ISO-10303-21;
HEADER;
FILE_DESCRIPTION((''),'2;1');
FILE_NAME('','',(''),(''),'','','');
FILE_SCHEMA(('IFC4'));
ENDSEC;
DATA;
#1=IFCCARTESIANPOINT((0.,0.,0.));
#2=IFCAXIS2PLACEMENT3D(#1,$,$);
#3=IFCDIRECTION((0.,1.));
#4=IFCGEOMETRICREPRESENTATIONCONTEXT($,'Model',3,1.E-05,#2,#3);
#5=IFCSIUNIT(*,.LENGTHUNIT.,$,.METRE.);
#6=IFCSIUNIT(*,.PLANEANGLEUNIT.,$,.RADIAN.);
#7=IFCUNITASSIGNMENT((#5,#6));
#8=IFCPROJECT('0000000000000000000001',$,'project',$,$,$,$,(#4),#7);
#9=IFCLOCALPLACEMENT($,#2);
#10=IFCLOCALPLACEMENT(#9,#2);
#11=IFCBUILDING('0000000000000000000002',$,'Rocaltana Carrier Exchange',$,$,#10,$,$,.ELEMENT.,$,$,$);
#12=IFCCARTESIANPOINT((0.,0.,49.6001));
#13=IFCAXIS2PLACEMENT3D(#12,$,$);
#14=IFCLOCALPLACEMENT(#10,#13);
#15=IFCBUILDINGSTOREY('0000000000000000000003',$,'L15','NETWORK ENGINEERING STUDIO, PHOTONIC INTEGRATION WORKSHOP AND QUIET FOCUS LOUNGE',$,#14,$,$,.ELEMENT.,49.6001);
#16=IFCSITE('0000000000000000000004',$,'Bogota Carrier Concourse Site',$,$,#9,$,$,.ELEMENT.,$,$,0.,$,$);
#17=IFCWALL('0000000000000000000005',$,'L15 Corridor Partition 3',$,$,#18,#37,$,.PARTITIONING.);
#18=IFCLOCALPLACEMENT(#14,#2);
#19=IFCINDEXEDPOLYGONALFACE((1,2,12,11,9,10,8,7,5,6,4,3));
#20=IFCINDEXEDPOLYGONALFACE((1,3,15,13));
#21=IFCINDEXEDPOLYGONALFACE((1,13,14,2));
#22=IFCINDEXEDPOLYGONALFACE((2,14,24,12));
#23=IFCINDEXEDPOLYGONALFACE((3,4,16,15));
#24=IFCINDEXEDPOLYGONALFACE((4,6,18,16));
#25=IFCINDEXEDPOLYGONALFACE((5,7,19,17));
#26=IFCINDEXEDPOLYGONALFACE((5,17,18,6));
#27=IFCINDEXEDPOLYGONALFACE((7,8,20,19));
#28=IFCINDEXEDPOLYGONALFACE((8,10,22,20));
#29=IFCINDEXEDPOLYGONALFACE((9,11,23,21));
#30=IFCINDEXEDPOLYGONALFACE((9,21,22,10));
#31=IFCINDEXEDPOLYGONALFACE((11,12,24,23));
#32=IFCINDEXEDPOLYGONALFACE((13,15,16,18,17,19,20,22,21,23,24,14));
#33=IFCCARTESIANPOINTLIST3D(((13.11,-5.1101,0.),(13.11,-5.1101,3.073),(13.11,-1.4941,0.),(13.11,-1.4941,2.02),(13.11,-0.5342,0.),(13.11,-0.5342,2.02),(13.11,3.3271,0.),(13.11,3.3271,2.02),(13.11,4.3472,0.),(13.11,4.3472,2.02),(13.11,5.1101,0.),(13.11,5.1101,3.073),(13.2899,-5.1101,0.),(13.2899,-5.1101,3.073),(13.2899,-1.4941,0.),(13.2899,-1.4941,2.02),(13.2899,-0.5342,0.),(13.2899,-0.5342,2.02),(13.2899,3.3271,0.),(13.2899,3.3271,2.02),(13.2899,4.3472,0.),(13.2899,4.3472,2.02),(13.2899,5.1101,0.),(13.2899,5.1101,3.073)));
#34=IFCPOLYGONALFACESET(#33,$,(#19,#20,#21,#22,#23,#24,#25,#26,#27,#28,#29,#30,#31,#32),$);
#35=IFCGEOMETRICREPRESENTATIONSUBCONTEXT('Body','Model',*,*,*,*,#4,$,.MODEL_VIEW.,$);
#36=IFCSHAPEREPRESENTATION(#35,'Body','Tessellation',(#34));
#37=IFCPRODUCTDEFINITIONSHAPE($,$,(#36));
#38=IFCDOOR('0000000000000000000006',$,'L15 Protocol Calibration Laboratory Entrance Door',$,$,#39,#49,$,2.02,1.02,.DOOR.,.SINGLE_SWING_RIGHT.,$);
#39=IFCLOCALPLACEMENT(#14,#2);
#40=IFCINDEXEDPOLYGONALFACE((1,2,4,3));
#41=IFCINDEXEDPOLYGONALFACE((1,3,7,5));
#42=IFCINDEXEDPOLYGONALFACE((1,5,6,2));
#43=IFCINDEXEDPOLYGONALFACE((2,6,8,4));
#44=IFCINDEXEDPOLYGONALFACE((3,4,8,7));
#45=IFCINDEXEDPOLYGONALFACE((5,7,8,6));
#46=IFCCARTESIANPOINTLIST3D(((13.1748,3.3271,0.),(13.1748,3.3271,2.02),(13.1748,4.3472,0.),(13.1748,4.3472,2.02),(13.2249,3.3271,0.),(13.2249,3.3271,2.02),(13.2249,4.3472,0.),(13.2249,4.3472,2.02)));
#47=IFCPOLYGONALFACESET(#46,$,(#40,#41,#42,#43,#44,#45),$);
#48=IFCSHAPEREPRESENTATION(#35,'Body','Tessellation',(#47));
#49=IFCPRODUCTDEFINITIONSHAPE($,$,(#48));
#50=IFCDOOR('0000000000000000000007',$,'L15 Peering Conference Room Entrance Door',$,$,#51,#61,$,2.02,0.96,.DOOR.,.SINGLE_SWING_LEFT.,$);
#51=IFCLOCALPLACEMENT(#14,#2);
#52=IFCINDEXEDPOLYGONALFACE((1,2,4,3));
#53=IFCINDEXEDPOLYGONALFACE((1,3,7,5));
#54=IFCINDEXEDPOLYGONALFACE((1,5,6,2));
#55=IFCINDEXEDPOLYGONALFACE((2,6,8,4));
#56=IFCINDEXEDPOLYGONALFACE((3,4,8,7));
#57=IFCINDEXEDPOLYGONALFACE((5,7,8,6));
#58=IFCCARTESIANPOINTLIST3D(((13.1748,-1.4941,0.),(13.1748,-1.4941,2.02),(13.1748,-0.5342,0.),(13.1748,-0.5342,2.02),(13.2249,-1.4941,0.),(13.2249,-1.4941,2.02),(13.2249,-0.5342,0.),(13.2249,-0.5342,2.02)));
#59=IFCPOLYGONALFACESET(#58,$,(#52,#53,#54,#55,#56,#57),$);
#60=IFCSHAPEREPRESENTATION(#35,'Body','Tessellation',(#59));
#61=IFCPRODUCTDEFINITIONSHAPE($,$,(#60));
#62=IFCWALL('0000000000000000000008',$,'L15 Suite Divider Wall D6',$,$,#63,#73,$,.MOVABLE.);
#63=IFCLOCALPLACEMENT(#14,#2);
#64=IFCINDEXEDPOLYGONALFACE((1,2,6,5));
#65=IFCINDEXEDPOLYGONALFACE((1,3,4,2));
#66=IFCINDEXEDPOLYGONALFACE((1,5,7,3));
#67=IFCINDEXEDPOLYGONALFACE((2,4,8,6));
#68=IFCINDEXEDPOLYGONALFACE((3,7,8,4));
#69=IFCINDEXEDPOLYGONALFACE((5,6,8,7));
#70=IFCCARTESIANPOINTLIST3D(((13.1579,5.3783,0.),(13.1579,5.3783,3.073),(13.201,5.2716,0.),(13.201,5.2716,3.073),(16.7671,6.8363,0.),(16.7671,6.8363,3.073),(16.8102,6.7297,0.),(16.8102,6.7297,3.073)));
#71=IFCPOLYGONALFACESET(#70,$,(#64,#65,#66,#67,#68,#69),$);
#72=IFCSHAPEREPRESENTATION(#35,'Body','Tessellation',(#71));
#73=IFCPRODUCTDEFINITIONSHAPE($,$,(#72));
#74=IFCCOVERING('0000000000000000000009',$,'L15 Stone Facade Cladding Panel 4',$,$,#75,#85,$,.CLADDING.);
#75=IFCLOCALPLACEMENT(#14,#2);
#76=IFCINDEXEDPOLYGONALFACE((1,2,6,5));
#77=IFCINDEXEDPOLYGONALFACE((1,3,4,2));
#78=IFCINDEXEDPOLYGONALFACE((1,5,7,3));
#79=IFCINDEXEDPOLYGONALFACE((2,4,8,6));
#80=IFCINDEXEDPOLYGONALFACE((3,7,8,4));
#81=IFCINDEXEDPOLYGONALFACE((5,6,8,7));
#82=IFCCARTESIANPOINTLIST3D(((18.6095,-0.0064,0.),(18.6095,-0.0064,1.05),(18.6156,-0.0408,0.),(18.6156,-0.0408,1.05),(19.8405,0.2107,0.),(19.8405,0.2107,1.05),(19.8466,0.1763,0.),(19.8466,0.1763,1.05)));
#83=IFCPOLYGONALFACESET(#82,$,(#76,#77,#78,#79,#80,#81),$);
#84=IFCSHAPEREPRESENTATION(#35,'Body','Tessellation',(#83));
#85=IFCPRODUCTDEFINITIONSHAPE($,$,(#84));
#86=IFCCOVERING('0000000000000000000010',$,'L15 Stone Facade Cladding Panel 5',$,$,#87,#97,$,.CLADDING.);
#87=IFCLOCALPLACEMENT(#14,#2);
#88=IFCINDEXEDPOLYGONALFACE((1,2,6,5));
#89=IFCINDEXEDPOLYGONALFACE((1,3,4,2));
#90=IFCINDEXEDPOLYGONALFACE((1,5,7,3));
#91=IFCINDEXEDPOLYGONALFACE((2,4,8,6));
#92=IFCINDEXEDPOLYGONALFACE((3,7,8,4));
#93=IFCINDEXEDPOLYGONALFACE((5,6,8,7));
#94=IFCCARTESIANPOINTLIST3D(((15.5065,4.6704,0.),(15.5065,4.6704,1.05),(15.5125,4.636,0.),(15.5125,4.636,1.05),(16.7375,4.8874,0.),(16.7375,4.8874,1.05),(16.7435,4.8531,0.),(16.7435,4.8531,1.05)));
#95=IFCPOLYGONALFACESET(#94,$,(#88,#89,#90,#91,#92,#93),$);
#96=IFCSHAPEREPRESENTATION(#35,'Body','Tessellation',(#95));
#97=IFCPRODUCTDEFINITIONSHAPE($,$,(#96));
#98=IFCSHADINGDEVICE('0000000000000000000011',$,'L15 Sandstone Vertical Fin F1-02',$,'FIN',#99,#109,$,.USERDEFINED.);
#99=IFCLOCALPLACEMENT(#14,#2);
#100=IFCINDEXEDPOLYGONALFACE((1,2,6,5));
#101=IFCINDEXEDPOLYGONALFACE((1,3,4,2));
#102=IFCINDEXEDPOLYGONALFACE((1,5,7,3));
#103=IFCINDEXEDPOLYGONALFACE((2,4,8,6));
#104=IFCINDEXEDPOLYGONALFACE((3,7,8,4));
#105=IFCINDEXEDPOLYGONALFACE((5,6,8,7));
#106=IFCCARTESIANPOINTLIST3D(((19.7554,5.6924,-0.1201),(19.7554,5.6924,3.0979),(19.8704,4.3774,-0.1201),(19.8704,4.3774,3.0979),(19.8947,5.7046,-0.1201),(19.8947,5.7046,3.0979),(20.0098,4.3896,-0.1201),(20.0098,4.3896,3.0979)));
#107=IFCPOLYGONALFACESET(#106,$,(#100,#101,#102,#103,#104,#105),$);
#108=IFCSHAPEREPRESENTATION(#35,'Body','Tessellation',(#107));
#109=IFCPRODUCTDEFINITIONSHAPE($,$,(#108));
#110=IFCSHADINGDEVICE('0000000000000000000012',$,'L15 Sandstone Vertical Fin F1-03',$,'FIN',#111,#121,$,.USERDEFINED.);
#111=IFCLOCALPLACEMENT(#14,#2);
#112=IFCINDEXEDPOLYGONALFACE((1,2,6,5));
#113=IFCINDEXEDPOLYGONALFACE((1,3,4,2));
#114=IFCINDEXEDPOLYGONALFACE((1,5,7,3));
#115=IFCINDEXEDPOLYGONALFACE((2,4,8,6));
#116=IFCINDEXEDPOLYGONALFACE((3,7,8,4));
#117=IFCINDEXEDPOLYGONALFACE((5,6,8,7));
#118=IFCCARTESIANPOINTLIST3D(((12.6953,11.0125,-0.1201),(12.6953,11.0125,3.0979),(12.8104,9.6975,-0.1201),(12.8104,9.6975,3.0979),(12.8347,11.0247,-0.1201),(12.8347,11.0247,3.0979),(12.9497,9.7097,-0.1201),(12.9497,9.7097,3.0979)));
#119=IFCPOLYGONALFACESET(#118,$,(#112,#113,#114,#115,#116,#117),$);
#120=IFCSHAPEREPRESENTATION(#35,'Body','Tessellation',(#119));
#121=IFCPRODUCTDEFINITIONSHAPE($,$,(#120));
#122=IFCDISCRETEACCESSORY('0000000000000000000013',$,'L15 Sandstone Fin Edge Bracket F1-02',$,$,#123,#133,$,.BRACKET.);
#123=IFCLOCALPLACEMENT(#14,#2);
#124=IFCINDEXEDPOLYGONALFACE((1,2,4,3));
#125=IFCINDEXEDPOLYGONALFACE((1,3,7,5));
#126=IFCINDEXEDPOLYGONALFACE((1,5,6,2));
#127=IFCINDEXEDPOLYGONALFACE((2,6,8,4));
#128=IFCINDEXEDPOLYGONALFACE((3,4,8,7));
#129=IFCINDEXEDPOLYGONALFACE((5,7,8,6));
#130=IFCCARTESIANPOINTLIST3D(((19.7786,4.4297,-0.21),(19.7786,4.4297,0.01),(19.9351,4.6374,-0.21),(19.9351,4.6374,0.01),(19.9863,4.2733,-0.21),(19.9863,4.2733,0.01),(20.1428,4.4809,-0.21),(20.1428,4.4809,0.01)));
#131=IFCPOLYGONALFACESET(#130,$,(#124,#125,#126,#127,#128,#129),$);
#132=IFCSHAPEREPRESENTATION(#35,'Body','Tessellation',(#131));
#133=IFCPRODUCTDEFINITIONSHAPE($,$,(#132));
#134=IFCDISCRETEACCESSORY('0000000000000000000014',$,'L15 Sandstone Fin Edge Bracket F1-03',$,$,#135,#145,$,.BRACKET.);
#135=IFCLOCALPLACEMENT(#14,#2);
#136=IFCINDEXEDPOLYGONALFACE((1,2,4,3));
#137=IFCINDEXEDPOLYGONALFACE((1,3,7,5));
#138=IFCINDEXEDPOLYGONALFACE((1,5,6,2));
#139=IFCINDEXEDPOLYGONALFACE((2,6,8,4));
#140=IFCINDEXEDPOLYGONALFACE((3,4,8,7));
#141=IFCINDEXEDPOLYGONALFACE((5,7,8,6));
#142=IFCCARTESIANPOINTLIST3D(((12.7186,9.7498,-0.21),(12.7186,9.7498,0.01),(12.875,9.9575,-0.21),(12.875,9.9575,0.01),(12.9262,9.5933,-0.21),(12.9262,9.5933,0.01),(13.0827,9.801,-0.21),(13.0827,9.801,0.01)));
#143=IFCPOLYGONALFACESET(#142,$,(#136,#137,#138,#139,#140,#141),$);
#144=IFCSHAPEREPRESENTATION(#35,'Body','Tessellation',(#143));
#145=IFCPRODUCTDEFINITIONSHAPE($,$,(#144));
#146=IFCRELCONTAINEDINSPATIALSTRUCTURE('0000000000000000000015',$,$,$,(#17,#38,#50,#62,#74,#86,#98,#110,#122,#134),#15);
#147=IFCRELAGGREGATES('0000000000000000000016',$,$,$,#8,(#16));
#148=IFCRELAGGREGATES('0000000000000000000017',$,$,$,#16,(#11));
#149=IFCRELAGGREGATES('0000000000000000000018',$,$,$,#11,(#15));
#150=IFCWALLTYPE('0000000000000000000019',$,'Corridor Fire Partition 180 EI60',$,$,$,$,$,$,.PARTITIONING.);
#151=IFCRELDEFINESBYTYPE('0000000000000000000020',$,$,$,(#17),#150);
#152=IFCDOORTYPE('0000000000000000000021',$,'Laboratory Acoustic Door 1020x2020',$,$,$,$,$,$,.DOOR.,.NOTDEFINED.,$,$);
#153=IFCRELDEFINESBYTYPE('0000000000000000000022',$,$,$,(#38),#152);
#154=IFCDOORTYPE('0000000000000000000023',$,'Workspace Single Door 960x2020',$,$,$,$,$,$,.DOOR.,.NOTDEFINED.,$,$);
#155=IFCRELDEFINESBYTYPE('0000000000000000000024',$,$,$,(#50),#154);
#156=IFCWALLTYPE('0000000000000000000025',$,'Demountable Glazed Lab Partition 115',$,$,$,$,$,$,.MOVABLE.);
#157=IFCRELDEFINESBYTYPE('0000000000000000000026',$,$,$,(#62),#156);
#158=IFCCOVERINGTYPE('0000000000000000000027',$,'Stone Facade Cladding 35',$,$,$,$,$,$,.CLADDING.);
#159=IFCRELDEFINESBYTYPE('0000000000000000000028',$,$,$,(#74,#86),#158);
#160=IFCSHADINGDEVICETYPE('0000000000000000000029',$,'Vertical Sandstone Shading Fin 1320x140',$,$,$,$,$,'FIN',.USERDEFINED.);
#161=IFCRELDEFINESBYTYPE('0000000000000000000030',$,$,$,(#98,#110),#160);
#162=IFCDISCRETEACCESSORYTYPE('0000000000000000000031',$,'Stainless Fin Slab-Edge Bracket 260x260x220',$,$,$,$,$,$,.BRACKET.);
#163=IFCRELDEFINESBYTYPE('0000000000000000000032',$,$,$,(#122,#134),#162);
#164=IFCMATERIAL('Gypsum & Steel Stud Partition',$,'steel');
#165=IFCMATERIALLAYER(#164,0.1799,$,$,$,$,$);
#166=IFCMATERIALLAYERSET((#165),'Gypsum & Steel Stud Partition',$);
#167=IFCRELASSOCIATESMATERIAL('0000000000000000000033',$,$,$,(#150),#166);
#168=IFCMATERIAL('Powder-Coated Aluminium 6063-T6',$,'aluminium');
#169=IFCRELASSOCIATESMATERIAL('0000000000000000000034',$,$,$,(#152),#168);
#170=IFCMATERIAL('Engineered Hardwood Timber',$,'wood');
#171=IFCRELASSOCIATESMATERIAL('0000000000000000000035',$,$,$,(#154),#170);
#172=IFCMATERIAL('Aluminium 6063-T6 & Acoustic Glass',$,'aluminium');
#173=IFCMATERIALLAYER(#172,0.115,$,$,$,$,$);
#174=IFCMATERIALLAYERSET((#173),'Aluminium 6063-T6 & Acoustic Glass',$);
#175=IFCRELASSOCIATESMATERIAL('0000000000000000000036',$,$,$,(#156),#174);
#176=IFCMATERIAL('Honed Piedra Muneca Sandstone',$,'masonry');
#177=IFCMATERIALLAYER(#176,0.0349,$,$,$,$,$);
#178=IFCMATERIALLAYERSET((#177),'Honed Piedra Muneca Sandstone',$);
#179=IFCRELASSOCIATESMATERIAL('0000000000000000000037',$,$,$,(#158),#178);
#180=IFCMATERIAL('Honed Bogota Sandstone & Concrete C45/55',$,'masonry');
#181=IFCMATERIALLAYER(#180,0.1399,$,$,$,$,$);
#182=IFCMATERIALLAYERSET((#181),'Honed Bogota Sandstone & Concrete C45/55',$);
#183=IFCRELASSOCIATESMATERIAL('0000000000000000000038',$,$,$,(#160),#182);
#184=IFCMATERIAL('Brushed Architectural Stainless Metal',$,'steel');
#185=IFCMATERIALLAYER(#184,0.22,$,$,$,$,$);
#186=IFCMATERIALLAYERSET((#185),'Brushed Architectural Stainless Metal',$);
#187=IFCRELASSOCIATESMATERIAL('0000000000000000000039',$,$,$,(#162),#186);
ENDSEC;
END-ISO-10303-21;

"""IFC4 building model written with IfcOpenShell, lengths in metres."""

from ifc_helpers import new_model, si_unit, direction, frame, frame_2d, origin, origin_2d, place, context, subcontext, project, spatial, rectangle, extrude, material, layer, layer_set, type_object, element, fill, save


model = new_model("IFC4")

# Units and contexts
model_context = context("Model", 3, precision=1e-05, world=origin(), true_north=direction((0.0, 1.0)))
body_context = subcontext(model_context, "Body", "Model", "MODEL_VIEW")
ifc_project = project(units=[si_unit("LENGTHUNIT", "METRE"), si_unit("PLANEANGLEUNIT", "RADIAN")], contexts=[model_context])

# Site, building, storey
site_placement = place(None, origin())
site = spatial("IfcSite", under=ifc_project, at=site_placement, Name="Bogota Carrier Concourse Site", CompositionType="ELEMENT", RefElevation=0.0)
building_placement = place(site_placement, origin())
building = spatial("IfcBuilding", under=site, at=building_placement, Name="Rocaltana Carrier Exchange", CompositionType="ELEMENT")
storey_placement = place(building_placement, frame((0.0, 0.0, 49.6001)))
storey = spatial("IfcBuildingStorey", under=building, at=storey_placement, Name="L15", Description="NETWORK ENGINEERING STUDIO, PHOTONIC INTEGRATION WORKSHOP AND QUIET FOCUS LOUNGE", CompositionType="ELEMENT", Elevation=49.6001)

# Wall, openings, doors
ifc_material_1 = material(Name="Gypsum & Steel Stud Partition", Category="steel")
ifc_layer_1 = layer(ifc_material_1, 0.1799)
ifc_layer_set_1 = layer_set([ifc_layer_1], Name="Gypsum & Steel Stud Partition")
wall_type_1 = type_object("IfcWallType", Name="Corridor Fire Partition 180 EI60", PredefinedType="PARTITIONING", material=ifc_layer_set_1)
wall_1_placement = place(storey_placement, frame((13.2, 5.1101, 0.0), z_axis=(0.0, 0.0, 1.0), x_axis=(0.0, -1.0, 0.0)))
wall_1 = element("IfcWall", 1, at=wall_1_placement, inside=storey, type_object=wall_type_1, Name="L15 Corridor Partition 3", PredefinedType="PARTITIONING", context=body_context, shape_type="SweptSolid", body=[
    extrude(rectangle(XDim=10.2202, YDim=0.1799, at=frame_2d((5.1101, 0.0))), origin(), (0.0, 0.0, 1.0), 3.073),
])
opening_1_placement = place(wall_1_placement, frame((5.6443, 0.0, 0.0)))
opening_1 = element("IfcOpeningElement", 2, at=opening_1_placement, cuts=wall_1, PredefinedType="OPENING", context=body_context, shape_type="SweptSolid", body=[
    extrude(rectangle(XDim=0.96, YDim=2.02, at=frame_2d((0.48, 1.01))), frame((0.0, 0.0999, 0.0), z_axis=(0.0, -1.0, 0.0), x_axis=(1.0, 0.0, 0.0)), (0.0, 0.0, 1.0), 0.2),
])
opening_2_placement = place(wall_1_placement, frame((0.7629, 0.0, 0.0)))
opening_2 = element("IfcOpeningElement", 3, at=opening_2_placement, cuts=wall_1, PredefinedType="OPENING", context=body_context, shape_type="SweptSolid", body=[
    extrude(rectangle(XDim=1.02, YDim=2.02, at=frame_2d((0.51, 1.01))), frame((0.0, 0.0999, 0.0), z_axis=(0.0, -1.0, 0.0), x_axis=(1.0, 0.0, 0.0)), (0.0, 0.0, 1.0), 0.2),
])
ifc_material_2 = material(Name="Powder-Coated Aluminium 6063-T6", Category="aluminium")
door_type_1 = type_object("IfcDoorType", Name="Laboratory Acoustic Door 1020x2020", OperationType="NOTDEFINED", PredefinedType="DOOR", material=ifc_material_2)
door_1_placement = place(opening_2_placement, origin())
door_1 = element("IfcDoor", 4, at=door_1_placement, inside=storey, type_object=door_type_1, Name="L15 Protocol Calibration Laboratory Entrance Door", OperationType="SINGLE_SWING_RIGHT", OverallHeight=2.02, OverallWidth=1.02, PredefinedType="DOOR", context=body_context, shape_type="SweptSolid", body=[
    extrude(rectangle(XDim=1.02, YDim=2.02, at=frame_2d((0.51, 1.01))), frame((0.0, 0.0249, 0.0), z_axis=(0.0, -1.0, 0.0), x_axis=(1.0, 0.0, 0.0)), (0.0, 0.0, 1.0), 0.05),
])
fill(opening_2, door_1)
ifc_material_3 = material(Name="Engineered Hardwood Timber", Category="wood")
door_type_2 = type_object("IfcDoorType", Name="Workspace Single Door 960x2020", OperationType="NOTDEFINED", PredefinedType="DOOR", material=ifc_material_3)
door_2_placement = place(opening_1_placement, origin())
door_2 = element("IfcDoor", 5, at=door_2_placement, inside=storey, type_object=door_type_2, Name="L15 Peering Conference Room Entrance Door", OperationType="SINGLE_SWING_LEFT", OverallHeight=2.02, OverallWidth=0.96, PredefinedType="DOOR", context=body_context, shape_type="SweptSolid", body=[
    extrude(rectangle(XDim=0.96, YDim=2.02, at=frame_2d((0.48, 1.01))), frame((0.0, 0.0249, 0.0), z_axis=(0.0, -1.0, 0.0), x_axis=(1.0, 0.0, 0.0)), (0.0, 0.0, 1.0), 0.05),
])
fill(opening_1, door_2)

# Wall
ifc_material_4 = material(Name="Aluminium 6063-T6 & Acoustic Glass", Category="aluminium")
ifc_layer_2 = layer(ifc_material_4, 0.115)
ifc_layer_set_2 = layer_set([ifc_layer_2], Name="Aluminium 6063-T6 & Acoustic Glass")
wall_type_2 = type_object("IfcWallType", Name="Demountable Glazed Lab Partition 115", PredefinedType="MOVABLE", material=ifc_layer_set_2)
wall_2_placement = place(storey_placement, frame((13.1794, 5.325, 0.0), z_axis=(0.0, 0.0, 1.0), x_axis=(0.9272, 0.374568, 0.0)))
element("IfcWall", 6, at=wall_2_placement, inside=storey, type_object=wall_type_2, Name="L15 Suite Divider Wall D6", PredefinedType="MOVABLE", context=body_context, shape_type="SweptSolid", body=[
    extrude(rectangle(XDim=3.8926, YDim=0.115, at=frame_2d((1.9463, 0.0))), origin(), (0.0, 0.0, 1.0), 3.073),
])

# Coverings
ifc_material_5 = material(Name="Honed Piedra Muneca Sandstone", Category="masonry")
ifc_layer_3 = layer(ifc_material_5, 0.0349)
ifc_layer_set_3 = layer_set([ifc_layer_3], Name="Honed Piedra Muneca Sandstone")
covering_type = type_object("IfcCoveringType", Name="Stone Facade Cladding 35", PredefinedType="CLADDING", material=ifc_layer_set_3)
for number, where, z_axis, x_axis, name in (
    (7, (19.228, 0.085, 0.0), (0.0, 0.0, 1.0), (0.984808, 0.173648, 0.0), "L15 Stone Facade Cladding Panel 4"),
    (8, (16.125, 4.7617, 0.0), (0.0, 0.0, 1.0), (0.984808, 0.173648, 0.0), "L15 Stone Facade Cladding Panel 5"),
):
    element("IfcCovering", number, at=place(storey_placement, frame(where, z_axis=z_axis, x_axis=x_axis)), inside=storey, type_object=covering_type, Name=name, PredefinedType="CLADDING", context=body_context, shape_type="SweptSolid", body=[
        extrude(rectangle(XDim=1.25, YDim=0.0349, at=origin_2d()), origin(), (0.0, 0.0, 1.0), 1.05),
    ])

# Shading devices
ifc_material_6 = material(Name="Honed Bogota Sandstone & Concrete C45/55", Category="masonry")
ifc_layer_4 = layer(ifc_material_6, 0.1399)
ifc_layer_set_4 = layer_set([ifc_layer_4], Name="Honed Bogota Sandstone & Concrete C45/55")
shading_device_type = type_object("IfcShadingDeviceType", Name="Vertical Sandstone Shading Fin 1320x140", ElementType="FIN", PredefinedType="USERDEFINED", material=ifc_layer_set_4)
for number, where, z_axis, x_axis, name in (
    (9, (19.8826, 5.041, -0.1201), (0.0, 0.0, 1.0), (-0.087156, 0.996195, 0.0), "L15 Sandstone Vertical Fin F1-02"),
    (10, (12.8225, 10.3611, -0.1201), (0.0, 0.0, 1.0), (-0.087156, 0.996195, 0.0), "L15 Sandstone Vertical Fin F1-03"),
):
    element("IfcShadingDevice", number, at=place(storey_placement, frame(where, z_axis=z_axis, x_axis=x_axis)), inside=storey, type_object=shading_device_type, Name=name, ObjectType="FIN", PredefinedType="USERDEFINED", context=body_context, shape_type="SweptSolid", body=[
        extrude(rectangle(XDim=1.3201, YDim=0.1399, at=origin_2d()), origin(), (0.0, 0.0, 1.0), 3.218),
    ])

# Discrete accessories
ifc_material_7 = material(Name="Brushed Architectural Stainless Metal", Category="steel")
ifc_layer_5 = layer(ifc_material_7, 0.22)
ifc_layer_set_5 = layer_set([ifc_layer_5], Name="Brushed Architectural Stainless Metal")
discrete_accessory_type = type_object("IfcDiscreteAccessoryType", Name="Stainless Fin Slab-Edge Bracket 260x260x220", PredefinedType="BRACKET", material=ifc_layer_set_5)
for number, where, z_axis, x_axis, name in (
    (11, (19.9607, 4.4553, -0.21), (0.0, 0.0, 1.0), (-0.798636, 0.601815, 0.0), "L15 Sandstone Fin Edge Bracket F1-02"),
    (12, (12.9006, 9.7754, -0.21), (0.0, 0.0, 1.0), (-0.798636, 0.601815, 0.0), "L15 Sandstone Fin Edge Bracket F1-03"),
):
    element("IfcDiscreteAccessory", number, at=place(storey_placement, frame(where, z_axis=z_axis, x_axis=x_axis)), inside=storey, type_object=discrete_accessory_type, Name=name, PredefinedType="BRACKET", context=body_context, shape_type="SweptSolid", body=[
        extrude(rectangle(XDim=0.26, YDim=0.26, at=origin_2d()), origin(), (0.0, 0.0, 1.0), 0.22),
    ])

save(model, "model.ifc")
